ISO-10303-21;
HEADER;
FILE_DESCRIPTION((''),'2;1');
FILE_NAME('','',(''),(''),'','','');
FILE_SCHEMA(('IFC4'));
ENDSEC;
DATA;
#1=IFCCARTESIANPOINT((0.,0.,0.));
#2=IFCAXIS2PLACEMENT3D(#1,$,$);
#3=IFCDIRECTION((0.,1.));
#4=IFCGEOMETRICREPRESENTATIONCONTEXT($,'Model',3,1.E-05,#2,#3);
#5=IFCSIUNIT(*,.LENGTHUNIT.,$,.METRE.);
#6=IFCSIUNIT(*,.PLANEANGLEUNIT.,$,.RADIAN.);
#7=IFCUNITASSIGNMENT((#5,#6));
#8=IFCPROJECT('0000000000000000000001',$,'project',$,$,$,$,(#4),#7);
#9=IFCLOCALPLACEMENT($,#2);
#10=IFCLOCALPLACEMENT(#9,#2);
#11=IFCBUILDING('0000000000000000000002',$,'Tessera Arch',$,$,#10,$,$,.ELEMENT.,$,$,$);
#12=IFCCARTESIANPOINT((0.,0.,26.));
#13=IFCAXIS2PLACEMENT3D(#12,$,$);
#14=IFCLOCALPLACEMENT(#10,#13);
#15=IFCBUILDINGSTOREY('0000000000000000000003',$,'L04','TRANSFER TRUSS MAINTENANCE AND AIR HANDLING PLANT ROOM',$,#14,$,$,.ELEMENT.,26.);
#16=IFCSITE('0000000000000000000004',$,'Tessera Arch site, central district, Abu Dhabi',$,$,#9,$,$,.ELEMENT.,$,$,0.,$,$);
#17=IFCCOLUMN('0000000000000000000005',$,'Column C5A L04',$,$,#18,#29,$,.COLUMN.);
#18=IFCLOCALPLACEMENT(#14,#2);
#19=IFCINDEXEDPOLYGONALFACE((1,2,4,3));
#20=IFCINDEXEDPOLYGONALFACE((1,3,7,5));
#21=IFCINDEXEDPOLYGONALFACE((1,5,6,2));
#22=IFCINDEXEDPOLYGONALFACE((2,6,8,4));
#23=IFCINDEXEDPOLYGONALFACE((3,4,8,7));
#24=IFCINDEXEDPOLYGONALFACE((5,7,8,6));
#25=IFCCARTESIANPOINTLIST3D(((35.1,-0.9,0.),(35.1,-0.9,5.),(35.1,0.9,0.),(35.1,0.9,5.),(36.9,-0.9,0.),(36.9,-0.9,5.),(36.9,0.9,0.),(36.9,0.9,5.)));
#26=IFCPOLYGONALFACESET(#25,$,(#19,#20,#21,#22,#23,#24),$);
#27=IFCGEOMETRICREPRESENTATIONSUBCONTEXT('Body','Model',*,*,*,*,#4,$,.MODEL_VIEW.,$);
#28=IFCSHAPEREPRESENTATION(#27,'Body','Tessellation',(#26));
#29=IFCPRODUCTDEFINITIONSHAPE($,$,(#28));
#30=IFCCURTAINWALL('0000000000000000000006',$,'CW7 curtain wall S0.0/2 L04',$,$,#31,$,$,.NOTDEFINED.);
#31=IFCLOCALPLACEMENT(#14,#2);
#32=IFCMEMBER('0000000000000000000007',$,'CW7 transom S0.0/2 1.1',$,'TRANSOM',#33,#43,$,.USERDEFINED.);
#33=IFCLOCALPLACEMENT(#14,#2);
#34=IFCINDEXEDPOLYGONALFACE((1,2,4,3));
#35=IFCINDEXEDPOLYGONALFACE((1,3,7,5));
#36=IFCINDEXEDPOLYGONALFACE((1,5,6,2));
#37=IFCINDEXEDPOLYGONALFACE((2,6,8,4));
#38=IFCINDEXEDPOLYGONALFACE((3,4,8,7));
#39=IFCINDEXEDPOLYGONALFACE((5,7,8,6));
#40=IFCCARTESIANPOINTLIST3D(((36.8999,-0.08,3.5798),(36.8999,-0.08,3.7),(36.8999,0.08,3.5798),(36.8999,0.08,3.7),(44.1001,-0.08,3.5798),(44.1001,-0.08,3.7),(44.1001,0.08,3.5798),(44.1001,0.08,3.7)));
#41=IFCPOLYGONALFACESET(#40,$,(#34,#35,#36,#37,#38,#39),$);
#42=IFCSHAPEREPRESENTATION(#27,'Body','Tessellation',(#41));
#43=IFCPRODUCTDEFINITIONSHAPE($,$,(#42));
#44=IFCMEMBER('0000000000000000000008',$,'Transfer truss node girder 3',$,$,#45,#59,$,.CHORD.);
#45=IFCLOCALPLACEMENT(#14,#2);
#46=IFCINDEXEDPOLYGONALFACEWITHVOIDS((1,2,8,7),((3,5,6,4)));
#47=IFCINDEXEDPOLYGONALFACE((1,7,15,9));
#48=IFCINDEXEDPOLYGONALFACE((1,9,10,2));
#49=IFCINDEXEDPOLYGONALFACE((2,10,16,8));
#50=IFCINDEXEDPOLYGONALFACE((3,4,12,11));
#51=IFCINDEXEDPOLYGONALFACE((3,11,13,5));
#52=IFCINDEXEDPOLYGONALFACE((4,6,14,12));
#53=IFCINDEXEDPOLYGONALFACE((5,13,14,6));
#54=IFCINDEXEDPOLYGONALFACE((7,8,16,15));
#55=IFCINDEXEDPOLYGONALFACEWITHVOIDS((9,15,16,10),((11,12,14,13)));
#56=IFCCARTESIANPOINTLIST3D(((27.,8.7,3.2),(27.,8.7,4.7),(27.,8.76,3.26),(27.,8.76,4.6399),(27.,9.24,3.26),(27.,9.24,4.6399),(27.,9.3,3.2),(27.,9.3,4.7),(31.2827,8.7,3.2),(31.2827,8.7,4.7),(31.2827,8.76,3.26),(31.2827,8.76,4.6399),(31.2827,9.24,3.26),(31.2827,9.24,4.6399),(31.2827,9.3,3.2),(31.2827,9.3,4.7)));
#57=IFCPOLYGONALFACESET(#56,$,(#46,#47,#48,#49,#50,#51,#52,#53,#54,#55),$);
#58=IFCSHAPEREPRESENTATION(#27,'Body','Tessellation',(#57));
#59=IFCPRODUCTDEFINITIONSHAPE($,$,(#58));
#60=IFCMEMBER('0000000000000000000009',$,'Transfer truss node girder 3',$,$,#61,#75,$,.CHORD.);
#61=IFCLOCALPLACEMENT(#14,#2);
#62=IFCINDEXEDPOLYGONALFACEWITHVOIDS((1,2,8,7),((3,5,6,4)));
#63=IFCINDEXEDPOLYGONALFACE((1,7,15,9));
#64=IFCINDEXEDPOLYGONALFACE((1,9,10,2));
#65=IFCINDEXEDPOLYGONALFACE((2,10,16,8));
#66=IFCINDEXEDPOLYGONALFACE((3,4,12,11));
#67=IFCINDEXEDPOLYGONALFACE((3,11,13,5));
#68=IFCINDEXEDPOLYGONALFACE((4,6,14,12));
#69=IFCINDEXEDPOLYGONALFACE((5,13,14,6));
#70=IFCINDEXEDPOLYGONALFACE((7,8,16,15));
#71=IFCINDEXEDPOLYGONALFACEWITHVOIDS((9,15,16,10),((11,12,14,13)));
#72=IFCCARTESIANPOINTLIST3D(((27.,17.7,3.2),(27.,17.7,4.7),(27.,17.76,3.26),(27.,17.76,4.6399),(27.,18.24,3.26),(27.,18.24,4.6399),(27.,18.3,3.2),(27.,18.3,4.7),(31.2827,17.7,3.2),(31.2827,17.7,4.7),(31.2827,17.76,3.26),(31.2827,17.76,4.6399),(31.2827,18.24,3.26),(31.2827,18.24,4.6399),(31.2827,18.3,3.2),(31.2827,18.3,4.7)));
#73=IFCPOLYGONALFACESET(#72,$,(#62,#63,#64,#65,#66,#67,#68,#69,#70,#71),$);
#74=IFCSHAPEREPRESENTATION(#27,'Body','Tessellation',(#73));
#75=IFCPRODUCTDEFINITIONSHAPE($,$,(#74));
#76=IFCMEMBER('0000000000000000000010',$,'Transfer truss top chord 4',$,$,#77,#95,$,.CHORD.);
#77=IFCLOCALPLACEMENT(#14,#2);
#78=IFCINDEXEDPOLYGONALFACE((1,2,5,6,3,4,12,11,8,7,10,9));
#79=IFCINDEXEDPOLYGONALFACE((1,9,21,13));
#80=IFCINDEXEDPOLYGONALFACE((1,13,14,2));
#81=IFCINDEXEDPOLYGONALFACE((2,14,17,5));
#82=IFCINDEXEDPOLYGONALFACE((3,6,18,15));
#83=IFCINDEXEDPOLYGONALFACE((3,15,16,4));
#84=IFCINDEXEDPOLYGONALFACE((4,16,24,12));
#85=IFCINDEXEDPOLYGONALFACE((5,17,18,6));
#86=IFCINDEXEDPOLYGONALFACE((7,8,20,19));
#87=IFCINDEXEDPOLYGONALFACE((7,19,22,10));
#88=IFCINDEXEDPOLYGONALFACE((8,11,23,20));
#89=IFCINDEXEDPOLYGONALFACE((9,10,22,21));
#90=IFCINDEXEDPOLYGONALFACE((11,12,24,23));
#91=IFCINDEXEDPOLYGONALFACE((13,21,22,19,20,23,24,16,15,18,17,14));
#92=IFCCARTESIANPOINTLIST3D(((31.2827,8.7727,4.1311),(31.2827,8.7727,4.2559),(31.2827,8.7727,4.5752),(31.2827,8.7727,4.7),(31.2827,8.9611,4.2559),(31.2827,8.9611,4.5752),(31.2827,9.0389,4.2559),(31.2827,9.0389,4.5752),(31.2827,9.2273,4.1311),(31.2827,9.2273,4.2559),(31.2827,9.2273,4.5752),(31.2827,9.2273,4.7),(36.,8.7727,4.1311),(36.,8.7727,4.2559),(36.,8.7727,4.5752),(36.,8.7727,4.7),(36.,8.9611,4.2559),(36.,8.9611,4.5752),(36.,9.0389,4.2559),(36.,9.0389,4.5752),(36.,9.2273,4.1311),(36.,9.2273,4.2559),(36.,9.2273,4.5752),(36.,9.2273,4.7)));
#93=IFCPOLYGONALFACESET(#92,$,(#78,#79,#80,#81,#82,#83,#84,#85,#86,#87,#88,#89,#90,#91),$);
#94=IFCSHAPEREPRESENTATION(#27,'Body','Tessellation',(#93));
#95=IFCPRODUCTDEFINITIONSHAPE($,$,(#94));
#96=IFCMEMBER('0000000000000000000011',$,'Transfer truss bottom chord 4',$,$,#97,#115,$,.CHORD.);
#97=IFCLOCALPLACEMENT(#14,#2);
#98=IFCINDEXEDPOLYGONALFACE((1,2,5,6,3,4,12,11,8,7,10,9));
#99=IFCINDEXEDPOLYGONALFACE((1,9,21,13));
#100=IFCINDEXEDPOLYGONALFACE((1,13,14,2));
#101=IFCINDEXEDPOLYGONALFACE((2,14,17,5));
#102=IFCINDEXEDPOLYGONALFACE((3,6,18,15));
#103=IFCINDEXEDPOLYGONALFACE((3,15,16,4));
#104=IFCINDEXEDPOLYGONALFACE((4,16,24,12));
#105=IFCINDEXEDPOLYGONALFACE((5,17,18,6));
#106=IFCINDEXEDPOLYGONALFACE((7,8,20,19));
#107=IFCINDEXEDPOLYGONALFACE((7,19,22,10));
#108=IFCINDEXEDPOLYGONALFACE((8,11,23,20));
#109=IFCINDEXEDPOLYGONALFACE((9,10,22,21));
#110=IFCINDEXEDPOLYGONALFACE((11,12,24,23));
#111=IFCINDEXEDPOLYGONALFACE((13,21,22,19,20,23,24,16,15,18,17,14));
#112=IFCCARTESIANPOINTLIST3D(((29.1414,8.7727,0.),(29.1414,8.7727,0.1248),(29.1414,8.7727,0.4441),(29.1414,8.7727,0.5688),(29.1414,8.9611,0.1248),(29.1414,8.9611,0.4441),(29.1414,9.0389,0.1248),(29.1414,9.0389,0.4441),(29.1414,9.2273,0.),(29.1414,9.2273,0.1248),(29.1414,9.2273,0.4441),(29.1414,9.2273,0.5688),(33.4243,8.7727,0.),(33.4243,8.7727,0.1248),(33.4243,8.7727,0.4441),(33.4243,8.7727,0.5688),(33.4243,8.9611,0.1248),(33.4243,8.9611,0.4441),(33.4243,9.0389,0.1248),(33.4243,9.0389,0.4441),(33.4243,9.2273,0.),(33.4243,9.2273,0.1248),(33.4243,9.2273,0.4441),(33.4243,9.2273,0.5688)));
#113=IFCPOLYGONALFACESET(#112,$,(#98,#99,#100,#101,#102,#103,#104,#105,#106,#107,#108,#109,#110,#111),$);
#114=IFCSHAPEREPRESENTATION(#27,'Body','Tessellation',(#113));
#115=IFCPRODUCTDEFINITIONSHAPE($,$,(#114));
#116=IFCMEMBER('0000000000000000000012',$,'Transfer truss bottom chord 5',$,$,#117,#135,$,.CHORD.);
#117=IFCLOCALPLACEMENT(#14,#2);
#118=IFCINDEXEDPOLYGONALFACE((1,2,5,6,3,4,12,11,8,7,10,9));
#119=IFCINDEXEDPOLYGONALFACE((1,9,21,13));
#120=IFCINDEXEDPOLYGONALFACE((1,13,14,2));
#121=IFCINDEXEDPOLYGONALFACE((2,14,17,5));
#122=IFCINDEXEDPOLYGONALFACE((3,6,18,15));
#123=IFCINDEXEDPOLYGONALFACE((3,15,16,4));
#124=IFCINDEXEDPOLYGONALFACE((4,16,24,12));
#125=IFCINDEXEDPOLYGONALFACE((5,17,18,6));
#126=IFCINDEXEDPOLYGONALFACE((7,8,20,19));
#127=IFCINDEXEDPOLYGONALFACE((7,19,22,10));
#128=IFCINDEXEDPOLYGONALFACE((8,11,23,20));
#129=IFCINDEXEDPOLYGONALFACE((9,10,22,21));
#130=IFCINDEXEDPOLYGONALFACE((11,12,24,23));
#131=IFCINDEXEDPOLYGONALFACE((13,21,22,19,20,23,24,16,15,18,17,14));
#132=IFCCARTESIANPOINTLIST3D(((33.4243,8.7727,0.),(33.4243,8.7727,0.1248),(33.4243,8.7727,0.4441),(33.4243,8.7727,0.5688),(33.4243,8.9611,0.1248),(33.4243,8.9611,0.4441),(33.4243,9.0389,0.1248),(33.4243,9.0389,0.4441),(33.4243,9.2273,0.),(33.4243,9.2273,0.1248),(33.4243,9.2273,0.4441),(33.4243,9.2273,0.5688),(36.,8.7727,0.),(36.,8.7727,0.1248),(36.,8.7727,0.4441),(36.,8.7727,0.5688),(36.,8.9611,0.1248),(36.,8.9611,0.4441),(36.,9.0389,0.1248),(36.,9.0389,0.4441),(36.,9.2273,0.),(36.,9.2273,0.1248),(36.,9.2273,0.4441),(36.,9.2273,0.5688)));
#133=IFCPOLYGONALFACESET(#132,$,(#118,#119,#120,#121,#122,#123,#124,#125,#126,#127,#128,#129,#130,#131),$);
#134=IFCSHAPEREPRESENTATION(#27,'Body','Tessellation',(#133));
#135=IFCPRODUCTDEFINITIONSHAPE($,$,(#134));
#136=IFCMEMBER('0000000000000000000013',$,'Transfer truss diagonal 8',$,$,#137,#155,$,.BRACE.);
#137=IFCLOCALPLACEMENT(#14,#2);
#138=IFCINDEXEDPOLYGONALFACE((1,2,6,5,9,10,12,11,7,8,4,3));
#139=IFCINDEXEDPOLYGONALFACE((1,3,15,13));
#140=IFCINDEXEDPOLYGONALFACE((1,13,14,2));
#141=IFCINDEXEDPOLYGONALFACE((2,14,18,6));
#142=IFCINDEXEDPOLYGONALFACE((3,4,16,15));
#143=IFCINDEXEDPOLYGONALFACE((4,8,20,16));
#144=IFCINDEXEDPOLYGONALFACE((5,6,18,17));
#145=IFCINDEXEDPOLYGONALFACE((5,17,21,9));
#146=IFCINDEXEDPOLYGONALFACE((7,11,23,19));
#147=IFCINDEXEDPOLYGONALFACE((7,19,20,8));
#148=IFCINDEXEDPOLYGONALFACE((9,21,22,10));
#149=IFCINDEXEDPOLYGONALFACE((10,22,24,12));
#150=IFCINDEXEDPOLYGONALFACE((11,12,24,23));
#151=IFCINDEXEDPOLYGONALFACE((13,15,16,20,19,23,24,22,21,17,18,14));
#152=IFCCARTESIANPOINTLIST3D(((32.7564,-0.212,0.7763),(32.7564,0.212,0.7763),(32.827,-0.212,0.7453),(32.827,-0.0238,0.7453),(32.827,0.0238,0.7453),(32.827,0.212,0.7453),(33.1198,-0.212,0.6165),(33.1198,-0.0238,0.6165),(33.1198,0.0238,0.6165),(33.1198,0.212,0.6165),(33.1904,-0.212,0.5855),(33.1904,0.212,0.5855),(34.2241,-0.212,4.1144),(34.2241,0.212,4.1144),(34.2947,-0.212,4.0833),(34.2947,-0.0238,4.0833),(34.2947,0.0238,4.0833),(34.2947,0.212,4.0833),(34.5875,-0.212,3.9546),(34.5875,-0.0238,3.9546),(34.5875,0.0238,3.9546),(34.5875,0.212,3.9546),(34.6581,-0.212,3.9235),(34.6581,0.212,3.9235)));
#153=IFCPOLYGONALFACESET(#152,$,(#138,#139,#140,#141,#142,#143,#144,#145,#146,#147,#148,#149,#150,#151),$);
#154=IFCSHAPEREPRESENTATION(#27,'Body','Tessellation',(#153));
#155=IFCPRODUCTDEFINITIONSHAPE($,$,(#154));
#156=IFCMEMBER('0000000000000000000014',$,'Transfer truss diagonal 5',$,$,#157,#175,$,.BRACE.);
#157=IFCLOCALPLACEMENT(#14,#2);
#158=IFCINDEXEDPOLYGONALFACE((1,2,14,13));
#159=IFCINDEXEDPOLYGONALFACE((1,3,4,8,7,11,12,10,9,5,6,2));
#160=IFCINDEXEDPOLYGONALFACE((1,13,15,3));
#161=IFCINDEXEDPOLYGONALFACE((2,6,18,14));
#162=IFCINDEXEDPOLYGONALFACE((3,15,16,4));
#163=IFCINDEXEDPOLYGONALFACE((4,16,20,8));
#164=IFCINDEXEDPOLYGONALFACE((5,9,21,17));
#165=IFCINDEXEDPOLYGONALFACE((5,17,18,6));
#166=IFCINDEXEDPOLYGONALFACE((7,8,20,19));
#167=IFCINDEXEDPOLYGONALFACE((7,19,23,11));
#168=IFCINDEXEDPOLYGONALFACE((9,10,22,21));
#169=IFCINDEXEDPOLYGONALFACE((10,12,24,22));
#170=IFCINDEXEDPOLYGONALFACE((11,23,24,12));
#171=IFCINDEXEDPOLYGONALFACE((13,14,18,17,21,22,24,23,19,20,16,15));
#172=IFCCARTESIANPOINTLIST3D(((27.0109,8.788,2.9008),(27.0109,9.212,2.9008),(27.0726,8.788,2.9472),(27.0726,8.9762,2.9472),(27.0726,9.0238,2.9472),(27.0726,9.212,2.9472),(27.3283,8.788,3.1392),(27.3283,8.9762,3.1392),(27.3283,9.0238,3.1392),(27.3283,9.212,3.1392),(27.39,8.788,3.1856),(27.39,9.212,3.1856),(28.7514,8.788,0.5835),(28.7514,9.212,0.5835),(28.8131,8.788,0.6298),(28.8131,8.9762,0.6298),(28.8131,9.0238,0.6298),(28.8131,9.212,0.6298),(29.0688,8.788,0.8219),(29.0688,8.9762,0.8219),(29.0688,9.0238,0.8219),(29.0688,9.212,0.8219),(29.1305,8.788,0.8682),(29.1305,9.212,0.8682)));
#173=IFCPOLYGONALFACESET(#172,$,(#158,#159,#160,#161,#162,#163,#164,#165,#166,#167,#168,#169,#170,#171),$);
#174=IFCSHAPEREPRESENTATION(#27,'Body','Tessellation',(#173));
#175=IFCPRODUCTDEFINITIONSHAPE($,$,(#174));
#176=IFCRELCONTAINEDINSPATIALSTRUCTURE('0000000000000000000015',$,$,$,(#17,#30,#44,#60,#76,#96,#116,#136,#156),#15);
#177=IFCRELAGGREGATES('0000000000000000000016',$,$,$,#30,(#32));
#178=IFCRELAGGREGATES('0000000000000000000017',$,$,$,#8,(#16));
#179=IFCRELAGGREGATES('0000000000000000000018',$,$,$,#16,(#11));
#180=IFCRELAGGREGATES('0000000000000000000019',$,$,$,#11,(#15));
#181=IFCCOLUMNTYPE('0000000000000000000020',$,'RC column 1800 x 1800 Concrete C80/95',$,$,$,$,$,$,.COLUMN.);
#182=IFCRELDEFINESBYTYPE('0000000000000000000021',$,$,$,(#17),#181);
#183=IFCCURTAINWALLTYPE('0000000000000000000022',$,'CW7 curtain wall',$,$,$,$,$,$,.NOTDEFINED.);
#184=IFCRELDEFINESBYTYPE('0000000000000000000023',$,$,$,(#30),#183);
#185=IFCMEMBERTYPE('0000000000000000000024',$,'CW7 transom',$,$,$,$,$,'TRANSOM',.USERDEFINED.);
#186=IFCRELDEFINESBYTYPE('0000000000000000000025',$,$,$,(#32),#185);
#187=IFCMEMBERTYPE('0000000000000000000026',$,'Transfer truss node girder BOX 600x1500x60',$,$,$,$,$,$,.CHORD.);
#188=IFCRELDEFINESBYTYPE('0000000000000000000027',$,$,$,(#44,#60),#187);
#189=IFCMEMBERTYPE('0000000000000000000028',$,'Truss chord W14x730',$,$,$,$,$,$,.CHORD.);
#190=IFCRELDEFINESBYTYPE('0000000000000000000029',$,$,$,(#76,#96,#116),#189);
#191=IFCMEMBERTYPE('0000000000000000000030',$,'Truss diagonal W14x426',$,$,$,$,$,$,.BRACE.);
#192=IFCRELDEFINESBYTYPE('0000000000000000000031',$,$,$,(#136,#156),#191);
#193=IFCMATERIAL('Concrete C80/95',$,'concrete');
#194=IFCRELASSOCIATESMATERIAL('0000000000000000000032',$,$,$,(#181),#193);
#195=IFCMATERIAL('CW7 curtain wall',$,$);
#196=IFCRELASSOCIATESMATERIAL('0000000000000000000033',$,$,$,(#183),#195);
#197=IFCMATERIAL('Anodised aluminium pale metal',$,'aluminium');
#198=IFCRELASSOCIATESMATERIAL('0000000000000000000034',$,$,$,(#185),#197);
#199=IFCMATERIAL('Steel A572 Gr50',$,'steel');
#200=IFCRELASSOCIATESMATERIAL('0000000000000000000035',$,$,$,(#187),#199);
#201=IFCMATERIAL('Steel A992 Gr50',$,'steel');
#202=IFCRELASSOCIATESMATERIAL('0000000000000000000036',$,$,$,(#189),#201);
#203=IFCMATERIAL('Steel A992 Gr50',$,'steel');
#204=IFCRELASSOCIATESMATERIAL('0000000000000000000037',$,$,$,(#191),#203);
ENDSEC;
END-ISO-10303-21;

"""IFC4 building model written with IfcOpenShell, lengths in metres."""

from ifc_helpers import new_model, si_unit, direction, frame, origin, origin_2d, place, context, subcontext, project, spatial, rectangle, hollow_rectangle, i_section, extrude, material, material_profile, profile_set, type_object, element, aggregate, save


model = new_model("IFC4")

# Units and contexts
model_context = context("Model", 3, precision=1e-05, world=origin(), true_north=direction((0.0, 1.0)))
body_context = subcontext(model_context, "Body", "Model", "MODEL_VIEW")
ifc_project = project(units=[si_unit("LENGTHUNIT", "METRE"), si_unit("PLANEANGLEUNIT", "RADIAN")], contexts=[model_context])

# Site, building, storey
site_placement = place(None, origin())
site = spatial("IfcSite", under=ifc_project, at=site_placement, Name="Tessera Arch site, central district, Abu Dhabi", CompositionType="ELEMENT", RefElevation=0.0)
building_placement = place(site_placement, origin())
building = spatial("IfcBuilding", under=site, at=building_placement, Name="Tessera Arch", CompositionType="ELEMENT")
storey_placement = place(building_placement, frame((0.0, 0.0, 26.0)))
storey = spatial("IfcBuildingStorey", under=building, at=storey_placement, Name="L04", Description="TRANSFER TRUSS MAINTENANCE AND AIR HANDLING PLANT ROOM", CompositionType="ELEMENT", Elevation=26.0)

# Column
ifc_material_1 = material(Name="Concrete C80/95", Category="concrete")
ifc_material_profile_1 = material_profile(ifc_material_1, rectangle(XDim=1.8, YDim=1.8, at=origin_2d()), Name="RC column 1800 x 1800 Concrete C80/95")
ifc_profile_set_1 = profile_set([ifc_material_profile_1], Name="Concrete C80/95")
column_type = type_object("IfcColumnType", Name="RC column 1800 x 1800 Concrete C80/95", PredefinedType="COLUMN", material=ifc_profile_set_1)
column_placement = place(storey_placement, frame((36.0, 0.0, 0.0), z_axis=(0.0, 0.0, 1.0), x_axis=(1.0, 0.0, 0.0)))
element("IfcColumn", 1, at=column_placement, inside=storey, type_object=column_type, Name="Column C5A L04", PredefinedType="COLUMN", context=body_context, shape_type="SweptSolid", body=[
    extrude(rectangle(XDim=1.8, YDim=1.8, at=origin_2d()), origin(), (0.0, 0.0, 1.0), 5.0),
])

# Curtain wall, member
ifc_material_2 = material(Name="CW7 curtain wall")
curtain_wall_type = type_object("IfcCurtainWallType", Name="CW7 curtain wall", PredefinedType="NOTDEFINED", material=ifc_material_2)
curtain_wall_placement = place(storey_placement, origin())
curtain_wall = element("IfcCurtainWall", 2, at=curtain_wall_placement, inside=storey, type_object=curtain_wall_type, Name="CW7 curtain wall S0.0/2 L04", PredefinedType="NOTDEFINED")
ifc_material_3 = material(Name="Anodised aluminium pale metal", Category="aluminium")
ifc_material_profile_2 = material_profile(ifc_material_3, rectangle(XDim=0.1599, YDim=0.1201, at=origin_2d()), Name="AL 160x120")
ifc_profile_set_2 = profile_set([ifc_material_profile_2], Name="Anodised aluminium pale metal")
member_type_1 = type_object("IfcMemberType", Name="CW7 transom", ElementType="TRANSOM", PredefinedType="USERDEFINED", material=ifc_profile_set_2)
member_1_placement = place(storey_placement, frame((36.8999, 0.0, 3.6399), z_axis=(1.0, 0.0, 0.0), x_axis=(0.0, 1.0, 0.0)))
member_1 = element("IfcMember", 3, at=member_1_placement, type_object=member_type_1, Name="CW7 transom S0.0/2 1.1", ObjectType="TRANSOM", PredefinedType="USERDEFINED", context=body_context, shape_type="SweptSolid", body=[
    extrude(rectangle(XDim=0.1599, YDim=0.1201, at=origin_2d()), origin(), (0.0, 0.0, 1.0), 7.2002),
])
aggregate(curtain_wall, [member_1])

# Members
ifc_material_4 = material(Name="Steel A572 Gr50", Category="steel")
ifc_material_profile_3 = material_profile(ifc_material_4, hollow_rectangle(XDim=0.6001, YDim=1.5, WallThickness=0.0601, at=origin_2d()), Name="BOX 600x1500x60")
ifc_profile_set_3 = profile_set([ifc_material_profile_3], Name="Steel A572 Gr50")
member_type_2 = type_object("IfcMemberType", Name="Transfer truss node girder BOX 600x1500x60", PredefinedType="CHORD", material=ifc_profile_set_3)
for number, where, z_axis, x_axis, name in (
    (4, (27.0, 9.0, 3.95), (1.0, 0.0, 0.0), (0.0, 1.0, 0.0), "Transfer truss node girder 3"),
    (5, (27.0, 18.0, 3.95), (1.0, 0.0, 0.0), (0.0, 1.0, 0.0), "Transfer truss node girder 3"),
):
    element("IfcMember", number, at=place(storey_placement, frame(where, z_axis=z_axis, x_axis=x_axis)), inside=storey, type_object=member_type_2, Name=name, PredefinedType="CHORD", context=body_context, shape_type="SweptSolid", body=[
        extrude(hollow_rectangle(XDim=0.6001, YDim=1.5, WallThickness=0.0601, at=origin_2d()), origin(), (0.0, 0.0, 1.0), 4.2827),
    ])
ifc_material_5 = material(Name="Steel A992 Gr50", Category="steel")
ifc_material_profile_4 = material_profile(ifc_material_5, i_section(OverallWidth=0.4546, OverallDepth=0.5688, WebThickness=0.0779, FlangeThickness=0.1248, at=origin_2d()), Name="W14x730")
ifc_profile_set_4 = profile_set([ifc_material_profile_4], Name="Steel A992 Gr50")
member_type_3 = type_object("IfcMemberType", Name="Truss chord W14x730", PredefinedType="CHORD", material=ifc_profile_set_4)
member_2_placement = place(storey_placement, frame((31.2827, 9.0, 4.4155), z_axis=(1.0, 0.0, 0.0), x_axis=(0.0, 1.0, 0.0)))
element("IfcMember", 6, at=member_2_placement, inside=storey, type_object=member_type_3, Name="Transfer truss top chord 4", PredefinedType="CHORD", context=body_context, shape_type="SweptSolid", body=[
    extrude(i_section(OverallWidth=0.4546, OverallDepth=0.5688, WebThickness=0.0779, FlangeThickness=0.1248, at=origin_2d()), origin(), (0.0, 0.0, 1.0), 4.7173),
])
member_3_placement = place(storey_placement, frame((29.1414, 9.0, 0.2844), z_axis=(1.0, 0.0, 0.0), x_axis=(0.0, 1.0, 0.0)))
element("IfcMember", 7, at=member_3_placement, inside=storey, type_object=member_type_3, Name="Transfer truss bottom chord 4", PredefinedType="CHORD", context=body_context, shape_type="SweptSolid", body=[
    extrude(i_section(OverallWidth=0.4546, OverallDepth=0.5688, WebThickness=0.0779, FlangeThickness=0.1248, at=origin_2d()), origin(), (0.0, 0.0, 1.0), 4.283),
])
member_4_placement = place(storey_placement, frame((33.4243, 9.0, 0.2844), z_axis=(1.0, 0.0, 0.0), x_axis=(0.0, 1.0, 0.0)))
element("IfcMember", 8, at=member_4_placement, inside=storey, type_object=member_type_3, Name="Transfer truss bottom chord 5", PredefinedType="CHORD", context=body_context, shape_type="SweptSolid", body=[
    extrude(i_section(OverallWidth=0.4546, OverallDepth=0.5688, WebThickness=0.0779, FlangeThickness=0.1248, at=origin_2d()), origin(), (0.0, 0.0, 1.0), 2.5757),
])
ifc_material_6 = material(Name="Steel A992 Gr50", Category="steel")
ifc_material_profile_5 = material_profile(ifc_material_6, i_section(OverallWidth=0.4241, OverallDepth=0.4741, WebThickness=0.0476, FlangeThickness=0.0771, at=origin_2d()), Name="W14x426")
ifc_profile_set_5 = profile_set([ifc_material_profile_5], Name="Steel A992 Gr50")
member_type_4 = type_object("IfcMemberType", Name="Truss diagonal W14x426", PredefinedType="BRACE", material=ifc_profile_set_5)
member_5_placement = place(storey_placement, frame((32.9734, 0.0, 0.6809), z_axis=(0.402508, 0.0, 0.915417), x_axis=(0.0, 1.0, 0.0)))
element("IfcMember", 9, at=member_5_placement, inside=storey, type_object=member_type_4, Name="Transfer truss diagonal 8", PredefinedType="BRACE", context=body_context, shape_type="SweptSolid", body=[
    extrude(i_section(OverallWidth=0.4241, OverallDepth=0.4741, WebThickness=0.0476, FlangeThickness=0.0771, at=origin_2d()), origin(), (0.0, 0.0, 1.0), 3.6465),
])
member_6_placement = place(storey_placement, frame((27.2004, 9.0, 3.0432), z_axis=(0.600539, 0.0, -0.799595), x_axis=(0.0, 1.0, 0.0)))
element("IfcMember", 10, at=member_6_placement, inside=storey, type_object=member_type_4, Name="Transfer truss diagonal 5", PredefinedType="BRACE", context=body_context, shape_type="SweptSolid", body=[
    extrude(i_section(OverallWidth=0.4241, OverallDepth=0.4741, WebThickness=0.0476, FlangeThickness=0.0771, at=origin_2d()), origin(), (0.0, 0.0, 1.0), 2.8982),
])

save(model, "model.ifc")
